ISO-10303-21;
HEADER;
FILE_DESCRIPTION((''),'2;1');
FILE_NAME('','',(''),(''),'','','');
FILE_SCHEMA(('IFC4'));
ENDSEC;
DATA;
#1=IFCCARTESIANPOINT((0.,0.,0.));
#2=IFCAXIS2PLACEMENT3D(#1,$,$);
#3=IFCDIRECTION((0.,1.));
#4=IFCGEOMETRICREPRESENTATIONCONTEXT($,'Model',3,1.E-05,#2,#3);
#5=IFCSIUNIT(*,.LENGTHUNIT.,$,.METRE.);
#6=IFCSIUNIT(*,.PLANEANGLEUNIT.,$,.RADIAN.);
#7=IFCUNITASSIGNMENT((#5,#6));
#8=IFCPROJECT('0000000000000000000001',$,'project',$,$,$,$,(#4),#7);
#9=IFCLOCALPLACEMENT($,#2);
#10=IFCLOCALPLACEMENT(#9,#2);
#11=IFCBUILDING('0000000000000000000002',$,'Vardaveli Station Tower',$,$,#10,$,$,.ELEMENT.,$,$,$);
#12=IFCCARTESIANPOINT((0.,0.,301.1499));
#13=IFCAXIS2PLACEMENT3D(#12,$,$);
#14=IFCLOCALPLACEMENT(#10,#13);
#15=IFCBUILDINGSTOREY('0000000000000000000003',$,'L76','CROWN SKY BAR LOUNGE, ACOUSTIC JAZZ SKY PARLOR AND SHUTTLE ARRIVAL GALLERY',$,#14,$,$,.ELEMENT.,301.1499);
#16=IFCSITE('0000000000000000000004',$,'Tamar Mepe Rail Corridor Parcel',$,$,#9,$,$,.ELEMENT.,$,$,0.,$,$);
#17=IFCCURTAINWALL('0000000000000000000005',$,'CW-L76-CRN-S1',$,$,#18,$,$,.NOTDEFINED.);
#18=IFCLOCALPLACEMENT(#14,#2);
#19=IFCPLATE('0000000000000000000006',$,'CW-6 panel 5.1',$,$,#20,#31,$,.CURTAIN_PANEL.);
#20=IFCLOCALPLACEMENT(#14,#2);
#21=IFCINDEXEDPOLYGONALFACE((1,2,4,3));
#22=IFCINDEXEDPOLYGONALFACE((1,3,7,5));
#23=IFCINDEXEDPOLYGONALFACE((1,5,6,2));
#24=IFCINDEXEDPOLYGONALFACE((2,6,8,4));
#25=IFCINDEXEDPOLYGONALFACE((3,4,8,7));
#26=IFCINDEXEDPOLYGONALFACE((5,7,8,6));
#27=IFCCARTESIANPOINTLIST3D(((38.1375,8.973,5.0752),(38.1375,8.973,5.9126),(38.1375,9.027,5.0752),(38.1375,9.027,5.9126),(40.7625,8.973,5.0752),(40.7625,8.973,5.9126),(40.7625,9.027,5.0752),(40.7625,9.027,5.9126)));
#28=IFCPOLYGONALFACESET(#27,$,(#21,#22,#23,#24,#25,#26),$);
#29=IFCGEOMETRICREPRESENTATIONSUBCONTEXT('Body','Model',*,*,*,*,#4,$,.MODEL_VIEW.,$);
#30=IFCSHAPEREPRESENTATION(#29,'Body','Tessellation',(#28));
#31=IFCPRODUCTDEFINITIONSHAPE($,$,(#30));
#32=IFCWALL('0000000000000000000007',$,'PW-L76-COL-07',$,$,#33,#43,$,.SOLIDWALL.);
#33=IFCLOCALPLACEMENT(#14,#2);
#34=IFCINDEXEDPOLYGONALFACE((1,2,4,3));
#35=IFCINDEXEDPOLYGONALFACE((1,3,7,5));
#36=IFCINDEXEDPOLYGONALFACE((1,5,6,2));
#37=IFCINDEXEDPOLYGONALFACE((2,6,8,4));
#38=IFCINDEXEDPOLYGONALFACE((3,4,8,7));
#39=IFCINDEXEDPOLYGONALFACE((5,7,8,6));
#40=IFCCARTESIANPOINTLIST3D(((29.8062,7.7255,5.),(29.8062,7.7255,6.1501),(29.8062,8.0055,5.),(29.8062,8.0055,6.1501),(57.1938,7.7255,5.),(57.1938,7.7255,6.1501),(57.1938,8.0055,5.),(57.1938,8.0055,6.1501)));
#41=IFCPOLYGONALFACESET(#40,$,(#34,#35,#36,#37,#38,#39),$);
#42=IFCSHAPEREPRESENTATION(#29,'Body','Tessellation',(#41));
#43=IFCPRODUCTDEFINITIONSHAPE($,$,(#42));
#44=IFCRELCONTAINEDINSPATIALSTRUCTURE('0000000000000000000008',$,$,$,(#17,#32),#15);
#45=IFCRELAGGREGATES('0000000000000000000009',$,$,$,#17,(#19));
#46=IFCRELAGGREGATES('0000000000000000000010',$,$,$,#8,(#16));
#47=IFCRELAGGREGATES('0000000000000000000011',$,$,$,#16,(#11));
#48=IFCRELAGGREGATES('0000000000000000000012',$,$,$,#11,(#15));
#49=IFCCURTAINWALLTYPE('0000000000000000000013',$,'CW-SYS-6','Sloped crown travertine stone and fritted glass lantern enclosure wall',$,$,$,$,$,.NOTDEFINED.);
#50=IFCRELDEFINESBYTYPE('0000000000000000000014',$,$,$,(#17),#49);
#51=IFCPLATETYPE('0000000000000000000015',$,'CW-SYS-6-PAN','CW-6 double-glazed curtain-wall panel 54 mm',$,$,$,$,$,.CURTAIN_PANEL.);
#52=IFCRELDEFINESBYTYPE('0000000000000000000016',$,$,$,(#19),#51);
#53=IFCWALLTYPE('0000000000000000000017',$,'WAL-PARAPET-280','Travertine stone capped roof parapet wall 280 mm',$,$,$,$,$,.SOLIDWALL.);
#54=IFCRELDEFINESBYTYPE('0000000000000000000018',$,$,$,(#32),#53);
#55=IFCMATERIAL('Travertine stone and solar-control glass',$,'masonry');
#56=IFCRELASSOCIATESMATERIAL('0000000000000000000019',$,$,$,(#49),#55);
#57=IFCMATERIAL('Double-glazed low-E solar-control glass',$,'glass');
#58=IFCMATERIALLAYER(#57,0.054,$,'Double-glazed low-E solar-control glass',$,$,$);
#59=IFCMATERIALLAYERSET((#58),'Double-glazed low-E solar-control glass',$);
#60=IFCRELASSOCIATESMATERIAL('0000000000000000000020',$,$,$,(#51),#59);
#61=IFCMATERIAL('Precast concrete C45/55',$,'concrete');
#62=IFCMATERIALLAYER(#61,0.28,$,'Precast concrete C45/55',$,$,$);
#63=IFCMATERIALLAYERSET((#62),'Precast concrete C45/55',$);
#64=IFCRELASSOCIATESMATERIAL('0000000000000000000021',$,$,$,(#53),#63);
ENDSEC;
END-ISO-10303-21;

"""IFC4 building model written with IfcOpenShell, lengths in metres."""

from ifc_helpers import new_model, si_unit, direction, frame, frame_2d, origin, origin_2d, place, context, subcontext, project, spatial, rectangle, extrude, source, transform, mapped, material, layer, layer_set, type_object, element, aggregate, save


model = new_model("IFC4")

# Units and contexts
model_context = context("Model", 3, precision=1e-05, world=origin(), true_north=direction((0.0, 1.0)))
body_context = subcontext(model_context, "Body", "Model", "MODEL_VIEW")
ifc_project = project(units=[si_unit("LENGTHUNIT", "METRE"), si_unit("PLANEANGLEUNIT", "RADIAN")], contexts=[model_context])

# Site, building, storey
site_placement = place(None, origin())
site = spatial("IfcSite", under=ifc_project, at=site_placement, Name="Tamar Mepe Rail Corridor Parcel", CompositionType="ELEMENT", RefElevation=0.0)
building_placement = place(site_placement, origin())
building = spatial("IfcBuilding", under=site, at=building_placement, Name="Vardaveli Station Tower", CompositionType="ELEMENT")
storey_placement = place(building_placement, frame((0.0, 0.0, 301.1499)))
storey = spatial("IfcBuildingStorey", under=building, at=storey_placement, Name="L76", Description="CROWN SKY BAR LOUNGE, ACOUSTIC JAZZ SKY PARLOR AND SHUTTLE ARRIVAL GALLERY", CompositionType="ELEMENT", Elevation=301.1499)

# Curtain wall
ifc_material_1 = material(Name="Travertine stone and solar-control glass", Category="masonry")
curtain_wall_type = type_object("IfcCurtainWallType", Name="CW-SYS-6", Description="Sloped crown travertine stone and fritted glass lantern enclosure wall", PredefinedType="NOTDEFINED", material=ifc_material_1)
curtain_wall_placement = place(storey_placement, origin())
curtain_wall = element("IfcCurtainWall", 1, at=curtain_wall_placement, inside=storey, type_object=curtain_wall_type, Name="CW-L76-CRN-S1", PredefinedType="NOTDEFINED")

# Plate
ifc_material_2 = material(Name="Double-glazed low-E solar-control glass", Category="glass")
ifc_layer_1 = layer(ifc_material_2, 0.054, Name="Double-glazed low-E solar-control glass")
ifc_layer_set_1 = layer_set([ifc_layer_1], Name="Double-glazed low-E solar-control glass")
plate_type_1 = type_object("IfcPlateType", Name="CW-SYS-6-PAN", Description="CW-6 double-glazed curtain-wall panel 54 mm", PredefinedType="CURTAIN_PANEL", material=ifc_layer_set_1)
shared_shape_1 = source(origin(), body_context, "Body", "SweptSolid", [
    extrude(rectangle(XDim=2.625, YDim=0.054, at=origin_2d()), origin(), (0.0, 0.0, 1.0), 0.8374),
])
plate_1_placement = place(storey_placement, frame((39.45, 9.0, 5.0752), z_axis=(0.0, 0.0, 1.0), x_axis=(1.0, 0.0, 0.0)))
plate_1 = element("IfcPlate", 2, at=plate_1_placement, type_object=plate_type_1, Name="CW-6 panel 5.1", PredefinedType="CURTAIN_PANEL", context=body_context, shape_type="MappedRepresentation", body=[
    mapped(shared_shape_1, transform((0.0, 0.0, 0.0), scale=1.0)),
])
aggregate(curtain_wall, [plate_1])

# Wall
ifc_material_3 = material(Name="Precast concrete C45/55", Category="concrete")
ifc_layer_2 = layer(ifc_material_3, 0.28, Name="Precast concrete C45/55")
ifc_layer_set_2 = layer_set([ifc_layer_2], Name="Precast concrete C45/55")
wall_type = type_object("IfcWallType", Name="WAL-PARAPET-280", Description="Travertine stone capped roof parapet wall 280 mm", PredefinedType="SOLIDWALL", material=ifc_layer_set_2)
shared_shape_2 = source(origin(), body_context, "Body", "SweptSolid", [
    extrude(rectangle(XDim=27.3877, YDim=0.28, at=frame_2d((13.6938, 0.0))), origin(), (0.0, 0.0, 1.0), 1.1501),
])
wall_placement = place(storey_placement, frame((29.8062, 7.8655, 5.0), z_axis=(0.0, 0.0, 1.0), x_axis=(1.0, 0.0, 0.0)))
element("IfcWall", 3, at=wall_placement, inside=storey, type_object=wall_type, Name="PW-L76-COL-07", PredefinedType="SOLIDWALL", context=body_context, shape_type="MappedRepresentation", body=[
    mapped(shared_shape_2, transform((0.0, 0.0, 0.0), scale=1.0)),
])

save(model, "model.ifc")
